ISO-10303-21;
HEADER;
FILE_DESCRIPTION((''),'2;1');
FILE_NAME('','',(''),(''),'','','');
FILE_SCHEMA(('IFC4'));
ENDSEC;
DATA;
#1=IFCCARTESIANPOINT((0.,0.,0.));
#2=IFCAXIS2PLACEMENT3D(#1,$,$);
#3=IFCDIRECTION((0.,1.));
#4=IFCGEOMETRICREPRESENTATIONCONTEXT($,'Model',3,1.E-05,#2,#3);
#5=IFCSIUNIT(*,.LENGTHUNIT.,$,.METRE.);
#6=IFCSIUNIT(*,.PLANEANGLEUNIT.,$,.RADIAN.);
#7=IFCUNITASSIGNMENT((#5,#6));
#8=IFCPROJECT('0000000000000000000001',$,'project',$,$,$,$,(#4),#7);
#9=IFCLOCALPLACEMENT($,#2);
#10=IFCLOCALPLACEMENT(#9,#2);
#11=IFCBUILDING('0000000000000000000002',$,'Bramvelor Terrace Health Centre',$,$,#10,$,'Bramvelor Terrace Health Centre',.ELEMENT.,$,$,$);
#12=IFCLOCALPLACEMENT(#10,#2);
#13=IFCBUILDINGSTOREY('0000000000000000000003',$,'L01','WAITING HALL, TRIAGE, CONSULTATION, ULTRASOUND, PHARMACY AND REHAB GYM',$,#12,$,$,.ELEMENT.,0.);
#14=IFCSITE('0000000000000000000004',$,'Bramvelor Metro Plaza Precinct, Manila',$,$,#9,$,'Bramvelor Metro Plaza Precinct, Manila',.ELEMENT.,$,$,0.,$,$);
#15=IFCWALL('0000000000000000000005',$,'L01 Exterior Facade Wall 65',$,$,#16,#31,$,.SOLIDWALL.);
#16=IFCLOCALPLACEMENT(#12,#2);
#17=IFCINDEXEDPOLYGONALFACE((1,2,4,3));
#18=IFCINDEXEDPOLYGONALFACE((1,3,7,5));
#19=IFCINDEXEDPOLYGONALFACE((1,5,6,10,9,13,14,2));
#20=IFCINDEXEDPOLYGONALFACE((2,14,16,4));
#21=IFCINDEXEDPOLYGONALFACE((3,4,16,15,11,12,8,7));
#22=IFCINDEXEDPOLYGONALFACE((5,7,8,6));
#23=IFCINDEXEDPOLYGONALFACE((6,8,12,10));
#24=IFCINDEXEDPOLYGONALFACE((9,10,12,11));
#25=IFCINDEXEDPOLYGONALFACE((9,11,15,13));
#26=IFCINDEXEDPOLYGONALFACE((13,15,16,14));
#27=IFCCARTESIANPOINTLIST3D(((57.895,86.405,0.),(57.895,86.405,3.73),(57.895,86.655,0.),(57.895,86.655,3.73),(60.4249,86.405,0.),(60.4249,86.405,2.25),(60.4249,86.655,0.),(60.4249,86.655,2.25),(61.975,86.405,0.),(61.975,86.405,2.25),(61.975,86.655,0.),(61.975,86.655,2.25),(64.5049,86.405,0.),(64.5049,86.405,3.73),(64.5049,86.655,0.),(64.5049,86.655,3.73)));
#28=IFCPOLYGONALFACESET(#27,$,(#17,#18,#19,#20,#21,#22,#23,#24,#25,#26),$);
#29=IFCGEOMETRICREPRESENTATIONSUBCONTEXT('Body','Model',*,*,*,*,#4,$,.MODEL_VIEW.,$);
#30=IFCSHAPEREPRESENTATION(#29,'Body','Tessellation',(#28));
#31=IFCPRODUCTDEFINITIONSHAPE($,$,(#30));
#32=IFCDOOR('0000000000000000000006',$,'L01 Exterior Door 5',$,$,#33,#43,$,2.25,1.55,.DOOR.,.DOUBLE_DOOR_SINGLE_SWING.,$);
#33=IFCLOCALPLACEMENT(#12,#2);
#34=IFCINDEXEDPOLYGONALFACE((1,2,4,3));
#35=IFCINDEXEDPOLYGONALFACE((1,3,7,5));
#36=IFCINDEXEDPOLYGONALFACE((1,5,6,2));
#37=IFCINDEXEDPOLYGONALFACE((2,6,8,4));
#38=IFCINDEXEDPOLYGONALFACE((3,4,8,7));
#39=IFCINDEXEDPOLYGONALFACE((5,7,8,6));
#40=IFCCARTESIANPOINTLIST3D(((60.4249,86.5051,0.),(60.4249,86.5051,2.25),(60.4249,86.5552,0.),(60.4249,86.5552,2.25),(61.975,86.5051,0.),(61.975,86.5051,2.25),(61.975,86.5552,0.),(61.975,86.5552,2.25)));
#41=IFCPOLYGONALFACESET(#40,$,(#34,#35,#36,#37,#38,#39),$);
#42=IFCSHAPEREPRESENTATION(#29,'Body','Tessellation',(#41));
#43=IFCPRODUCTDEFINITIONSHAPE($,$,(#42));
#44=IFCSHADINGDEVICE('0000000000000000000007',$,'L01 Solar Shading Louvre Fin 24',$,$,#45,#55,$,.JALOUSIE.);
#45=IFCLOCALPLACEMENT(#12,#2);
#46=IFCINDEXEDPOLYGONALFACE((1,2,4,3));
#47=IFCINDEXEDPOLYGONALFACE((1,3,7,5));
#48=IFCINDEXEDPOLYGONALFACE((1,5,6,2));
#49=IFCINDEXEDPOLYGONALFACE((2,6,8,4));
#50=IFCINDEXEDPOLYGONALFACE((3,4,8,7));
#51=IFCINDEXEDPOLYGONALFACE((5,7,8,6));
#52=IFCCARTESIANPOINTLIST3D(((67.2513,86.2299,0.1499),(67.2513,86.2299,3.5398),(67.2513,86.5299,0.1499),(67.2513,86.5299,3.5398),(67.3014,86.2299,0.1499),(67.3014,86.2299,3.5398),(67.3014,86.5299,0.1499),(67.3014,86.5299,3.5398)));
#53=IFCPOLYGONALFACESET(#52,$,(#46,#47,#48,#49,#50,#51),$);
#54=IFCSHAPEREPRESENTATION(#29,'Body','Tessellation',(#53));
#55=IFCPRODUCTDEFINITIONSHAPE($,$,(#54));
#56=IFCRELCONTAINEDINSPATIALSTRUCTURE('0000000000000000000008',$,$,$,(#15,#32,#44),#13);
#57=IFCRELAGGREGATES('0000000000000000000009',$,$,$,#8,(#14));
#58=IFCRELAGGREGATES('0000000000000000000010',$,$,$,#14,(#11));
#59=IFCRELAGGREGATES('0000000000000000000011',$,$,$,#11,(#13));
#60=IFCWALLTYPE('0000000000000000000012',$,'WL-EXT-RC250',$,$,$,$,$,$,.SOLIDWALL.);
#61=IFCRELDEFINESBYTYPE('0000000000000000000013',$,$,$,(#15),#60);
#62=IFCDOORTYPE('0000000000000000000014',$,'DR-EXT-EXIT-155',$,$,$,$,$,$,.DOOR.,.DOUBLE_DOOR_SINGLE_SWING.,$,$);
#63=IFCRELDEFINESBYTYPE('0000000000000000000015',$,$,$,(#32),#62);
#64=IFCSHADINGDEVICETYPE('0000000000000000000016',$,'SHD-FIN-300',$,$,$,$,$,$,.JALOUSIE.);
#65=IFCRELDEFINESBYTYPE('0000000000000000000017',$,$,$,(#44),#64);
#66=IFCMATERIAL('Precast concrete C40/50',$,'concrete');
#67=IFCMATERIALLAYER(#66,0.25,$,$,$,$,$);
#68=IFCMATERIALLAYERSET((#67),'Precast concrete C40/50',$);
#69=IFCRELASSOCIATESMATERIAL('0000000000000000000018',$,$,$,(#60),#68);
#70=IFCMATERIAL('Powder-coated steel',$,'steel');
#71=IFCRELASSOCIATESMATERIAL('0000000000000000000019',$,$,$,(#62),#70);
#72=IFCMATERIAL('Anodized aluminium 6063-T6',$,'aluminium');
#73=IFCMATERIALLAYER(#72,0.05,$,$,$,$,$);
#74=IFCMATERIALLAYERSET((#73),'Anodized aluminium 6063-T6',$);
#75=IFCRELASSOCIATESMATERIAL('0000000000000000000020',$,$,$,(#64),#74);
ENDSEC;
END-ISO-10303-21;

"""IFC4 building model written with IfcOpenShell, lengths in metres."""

from ifc_helpers import new_model, si_unit, direction, frame, frame_2d, origin, origin_2d, place, context, subcontext, project, spatial, rectangle, extrude, material, layer, layer_set, type_object, element, fill, save


model = new_model("IFC4")

# Units and contexts
model_context = context("Model", 3, precision=1e-05, world=origin(), true_north=direction((0.0, 1.0)))
body_context = subcontext(model_context, "Body", "Model", "MODEL_VIEW")
ifc_project = project(units=[si_unit("LENGTHUNIT", "METRE"), si_unit("PLANEANGLEUNIT", "RADIAN")], contexts=[model_context])

# Site, building, storey
site_placement = place(None, origin())
site = spatial("IfcSite", under=ifc_project, at=site_placement, Name="Bramvelor Metro Plaza Precinct, Manila", LongName="Bramvelor Metro Plaza Precinct, Manila", CompositionType="ELEMENT", RefElevation=0.0)
building_placement = place(site_placement, origin())
building = spatial("IfcBuilding", under=site, at=building_placement, Name="Bramvelor Terrace Health Centre", LongName="Bramvelor Terrace Health Centre", CompositionType="ELEMENT")
storey_placement = place(building_placement, origin())
storey = spatial("IfcBuildingStorey", under=building, at=storey_placement, Name="L01", Description="WAITING HALL, TRIAGE, CONSULTATION, ULTRASOUND, PHARMACY AND REHAB GYM", CompositionType="ELEMENT", Elevation=0.0)

# Wall, opening, door
ifc_material_1 = material(Name="Precast concrete C40/50", Category="concrete")
ifc_layer_1 = layer(ifc_material_1, 0.25)
ifc_layer_set_1 = layer_set([ifc_layer_1], Name="Precast concrete C40/50")
wall_type = type_object("IfcWallType", Name="WL-EXT-RC250", PredefinedType="SOLIDWALL", material=ifc_layer_set_1)
wall_placement = place(storey_placement, frame((64.5049, 86.53, 0.0), z_axis=(0.0, 0.0, 1.0), x_axis=(-1.0, 0.0, 0.0)))
wall = element("IfcWall", 1, at=wall_placement, inside=storey, type_object=wall_type, Name="L01 Exterior Facade Wall 65", PredefinedType="SOLIDWALL", context=body_context, shape_type="SweptSolid", body=[
    extrude(rectangle(XDim=6.6099, YDim=0.25, at=frame_2d((3.3049, 0.0))), origin(), (0.0, 0.0, 1.0), 3.73),
])
opening_placement = place(wall_placement, frame((2.53, 0.0, 0.0)))
opening = element("IfcOpeningElement", 2, at=opening_placement, cuts=wall, PredefinedType="OPENING", context=body_context, shape_type="SweptSolid", body=[
    extrude(rectangle(XDim=1.55, YDim=2.25, at=frame_2d((0.7749, 1.125))), frame((0.0, 0.135, 0.0), z_axis=(0.0, -1.0, 0.0), x_axis=(1.0, 0.0, 0.0)), (0.0, 0.0, 1.0), 0.27),
])
ifc_material_2 = material(Name="Powder-coated steel", Category="steel")
door_type = type_object("IfcDoorType", Name="DR-EXT-EXIT-155", OperationType="DOUBLE_DOOR_SINGLE_SWING", PredefinedType="DOOR", material=ifc_material_2)
door_placement = place(opening_placement, origin())
door = element("IfcDoor", 3, at=door_placement, inside=storey, type_object=door_type, Name="L01 Exterior Door 5", OperationType="DOUBLE_DOOR_SINGLE_SWING", OverallHeight=2.25, OverallWidth=1.55, PredefinedType="DOOR", context=body_context, shape_type="SweptSolid", body=[
    extrude(rectangle(XDim=1.55, YDim=2.25, at=frame_2d((0.7749, 1.125))), frame((0.0, 0.0249, 0.0), z_axis=(0.0, -1.0, 0.0), x_axis=(1.0, 0.0, 0.0)), (0.0, 0.0, 1.0), 0.05),
])
fill(opening, door)

# Shading device
ifc_material_3 = material(Name="Anodized aluminium 6063-T6", Category="aluminium")
ifc_layer_2 = layer(ifc_material_3, 0.05)
ifc_layer_set_2 = layer_set([ifc_layer_2], Name="Anodized aluminium 6063-T6")
shading_device_type = type_object("IfcShadingDeviceType", Name="SHD-FIN-300", PredefinedType="JALOUSIE", material=ifc_layer_set_2)
shading_device_placement = place(storey_placement, frame((67.2764, 86.3799, 0.1499), z_axis=(0.0, 0.0, 1.0), x_axis=(1.0, 0.0, 0.0)))
element("IfcShadingDevice", 4, at=shading_device_placement, inside=storey, type_object=shading_device_type, Name="L01 Solar Shading Louvre Fin 24", PredefinedType="JALOUSIE", context=body_context, shape_type="SweptSolid", body=[
    extrude(rectangle(XDim=0.05, YDim=0.3, at=origin_2d()), origin(), (0.0, 0.0, 1.0), 3.3899),
])

save(model, "model.ifc")
